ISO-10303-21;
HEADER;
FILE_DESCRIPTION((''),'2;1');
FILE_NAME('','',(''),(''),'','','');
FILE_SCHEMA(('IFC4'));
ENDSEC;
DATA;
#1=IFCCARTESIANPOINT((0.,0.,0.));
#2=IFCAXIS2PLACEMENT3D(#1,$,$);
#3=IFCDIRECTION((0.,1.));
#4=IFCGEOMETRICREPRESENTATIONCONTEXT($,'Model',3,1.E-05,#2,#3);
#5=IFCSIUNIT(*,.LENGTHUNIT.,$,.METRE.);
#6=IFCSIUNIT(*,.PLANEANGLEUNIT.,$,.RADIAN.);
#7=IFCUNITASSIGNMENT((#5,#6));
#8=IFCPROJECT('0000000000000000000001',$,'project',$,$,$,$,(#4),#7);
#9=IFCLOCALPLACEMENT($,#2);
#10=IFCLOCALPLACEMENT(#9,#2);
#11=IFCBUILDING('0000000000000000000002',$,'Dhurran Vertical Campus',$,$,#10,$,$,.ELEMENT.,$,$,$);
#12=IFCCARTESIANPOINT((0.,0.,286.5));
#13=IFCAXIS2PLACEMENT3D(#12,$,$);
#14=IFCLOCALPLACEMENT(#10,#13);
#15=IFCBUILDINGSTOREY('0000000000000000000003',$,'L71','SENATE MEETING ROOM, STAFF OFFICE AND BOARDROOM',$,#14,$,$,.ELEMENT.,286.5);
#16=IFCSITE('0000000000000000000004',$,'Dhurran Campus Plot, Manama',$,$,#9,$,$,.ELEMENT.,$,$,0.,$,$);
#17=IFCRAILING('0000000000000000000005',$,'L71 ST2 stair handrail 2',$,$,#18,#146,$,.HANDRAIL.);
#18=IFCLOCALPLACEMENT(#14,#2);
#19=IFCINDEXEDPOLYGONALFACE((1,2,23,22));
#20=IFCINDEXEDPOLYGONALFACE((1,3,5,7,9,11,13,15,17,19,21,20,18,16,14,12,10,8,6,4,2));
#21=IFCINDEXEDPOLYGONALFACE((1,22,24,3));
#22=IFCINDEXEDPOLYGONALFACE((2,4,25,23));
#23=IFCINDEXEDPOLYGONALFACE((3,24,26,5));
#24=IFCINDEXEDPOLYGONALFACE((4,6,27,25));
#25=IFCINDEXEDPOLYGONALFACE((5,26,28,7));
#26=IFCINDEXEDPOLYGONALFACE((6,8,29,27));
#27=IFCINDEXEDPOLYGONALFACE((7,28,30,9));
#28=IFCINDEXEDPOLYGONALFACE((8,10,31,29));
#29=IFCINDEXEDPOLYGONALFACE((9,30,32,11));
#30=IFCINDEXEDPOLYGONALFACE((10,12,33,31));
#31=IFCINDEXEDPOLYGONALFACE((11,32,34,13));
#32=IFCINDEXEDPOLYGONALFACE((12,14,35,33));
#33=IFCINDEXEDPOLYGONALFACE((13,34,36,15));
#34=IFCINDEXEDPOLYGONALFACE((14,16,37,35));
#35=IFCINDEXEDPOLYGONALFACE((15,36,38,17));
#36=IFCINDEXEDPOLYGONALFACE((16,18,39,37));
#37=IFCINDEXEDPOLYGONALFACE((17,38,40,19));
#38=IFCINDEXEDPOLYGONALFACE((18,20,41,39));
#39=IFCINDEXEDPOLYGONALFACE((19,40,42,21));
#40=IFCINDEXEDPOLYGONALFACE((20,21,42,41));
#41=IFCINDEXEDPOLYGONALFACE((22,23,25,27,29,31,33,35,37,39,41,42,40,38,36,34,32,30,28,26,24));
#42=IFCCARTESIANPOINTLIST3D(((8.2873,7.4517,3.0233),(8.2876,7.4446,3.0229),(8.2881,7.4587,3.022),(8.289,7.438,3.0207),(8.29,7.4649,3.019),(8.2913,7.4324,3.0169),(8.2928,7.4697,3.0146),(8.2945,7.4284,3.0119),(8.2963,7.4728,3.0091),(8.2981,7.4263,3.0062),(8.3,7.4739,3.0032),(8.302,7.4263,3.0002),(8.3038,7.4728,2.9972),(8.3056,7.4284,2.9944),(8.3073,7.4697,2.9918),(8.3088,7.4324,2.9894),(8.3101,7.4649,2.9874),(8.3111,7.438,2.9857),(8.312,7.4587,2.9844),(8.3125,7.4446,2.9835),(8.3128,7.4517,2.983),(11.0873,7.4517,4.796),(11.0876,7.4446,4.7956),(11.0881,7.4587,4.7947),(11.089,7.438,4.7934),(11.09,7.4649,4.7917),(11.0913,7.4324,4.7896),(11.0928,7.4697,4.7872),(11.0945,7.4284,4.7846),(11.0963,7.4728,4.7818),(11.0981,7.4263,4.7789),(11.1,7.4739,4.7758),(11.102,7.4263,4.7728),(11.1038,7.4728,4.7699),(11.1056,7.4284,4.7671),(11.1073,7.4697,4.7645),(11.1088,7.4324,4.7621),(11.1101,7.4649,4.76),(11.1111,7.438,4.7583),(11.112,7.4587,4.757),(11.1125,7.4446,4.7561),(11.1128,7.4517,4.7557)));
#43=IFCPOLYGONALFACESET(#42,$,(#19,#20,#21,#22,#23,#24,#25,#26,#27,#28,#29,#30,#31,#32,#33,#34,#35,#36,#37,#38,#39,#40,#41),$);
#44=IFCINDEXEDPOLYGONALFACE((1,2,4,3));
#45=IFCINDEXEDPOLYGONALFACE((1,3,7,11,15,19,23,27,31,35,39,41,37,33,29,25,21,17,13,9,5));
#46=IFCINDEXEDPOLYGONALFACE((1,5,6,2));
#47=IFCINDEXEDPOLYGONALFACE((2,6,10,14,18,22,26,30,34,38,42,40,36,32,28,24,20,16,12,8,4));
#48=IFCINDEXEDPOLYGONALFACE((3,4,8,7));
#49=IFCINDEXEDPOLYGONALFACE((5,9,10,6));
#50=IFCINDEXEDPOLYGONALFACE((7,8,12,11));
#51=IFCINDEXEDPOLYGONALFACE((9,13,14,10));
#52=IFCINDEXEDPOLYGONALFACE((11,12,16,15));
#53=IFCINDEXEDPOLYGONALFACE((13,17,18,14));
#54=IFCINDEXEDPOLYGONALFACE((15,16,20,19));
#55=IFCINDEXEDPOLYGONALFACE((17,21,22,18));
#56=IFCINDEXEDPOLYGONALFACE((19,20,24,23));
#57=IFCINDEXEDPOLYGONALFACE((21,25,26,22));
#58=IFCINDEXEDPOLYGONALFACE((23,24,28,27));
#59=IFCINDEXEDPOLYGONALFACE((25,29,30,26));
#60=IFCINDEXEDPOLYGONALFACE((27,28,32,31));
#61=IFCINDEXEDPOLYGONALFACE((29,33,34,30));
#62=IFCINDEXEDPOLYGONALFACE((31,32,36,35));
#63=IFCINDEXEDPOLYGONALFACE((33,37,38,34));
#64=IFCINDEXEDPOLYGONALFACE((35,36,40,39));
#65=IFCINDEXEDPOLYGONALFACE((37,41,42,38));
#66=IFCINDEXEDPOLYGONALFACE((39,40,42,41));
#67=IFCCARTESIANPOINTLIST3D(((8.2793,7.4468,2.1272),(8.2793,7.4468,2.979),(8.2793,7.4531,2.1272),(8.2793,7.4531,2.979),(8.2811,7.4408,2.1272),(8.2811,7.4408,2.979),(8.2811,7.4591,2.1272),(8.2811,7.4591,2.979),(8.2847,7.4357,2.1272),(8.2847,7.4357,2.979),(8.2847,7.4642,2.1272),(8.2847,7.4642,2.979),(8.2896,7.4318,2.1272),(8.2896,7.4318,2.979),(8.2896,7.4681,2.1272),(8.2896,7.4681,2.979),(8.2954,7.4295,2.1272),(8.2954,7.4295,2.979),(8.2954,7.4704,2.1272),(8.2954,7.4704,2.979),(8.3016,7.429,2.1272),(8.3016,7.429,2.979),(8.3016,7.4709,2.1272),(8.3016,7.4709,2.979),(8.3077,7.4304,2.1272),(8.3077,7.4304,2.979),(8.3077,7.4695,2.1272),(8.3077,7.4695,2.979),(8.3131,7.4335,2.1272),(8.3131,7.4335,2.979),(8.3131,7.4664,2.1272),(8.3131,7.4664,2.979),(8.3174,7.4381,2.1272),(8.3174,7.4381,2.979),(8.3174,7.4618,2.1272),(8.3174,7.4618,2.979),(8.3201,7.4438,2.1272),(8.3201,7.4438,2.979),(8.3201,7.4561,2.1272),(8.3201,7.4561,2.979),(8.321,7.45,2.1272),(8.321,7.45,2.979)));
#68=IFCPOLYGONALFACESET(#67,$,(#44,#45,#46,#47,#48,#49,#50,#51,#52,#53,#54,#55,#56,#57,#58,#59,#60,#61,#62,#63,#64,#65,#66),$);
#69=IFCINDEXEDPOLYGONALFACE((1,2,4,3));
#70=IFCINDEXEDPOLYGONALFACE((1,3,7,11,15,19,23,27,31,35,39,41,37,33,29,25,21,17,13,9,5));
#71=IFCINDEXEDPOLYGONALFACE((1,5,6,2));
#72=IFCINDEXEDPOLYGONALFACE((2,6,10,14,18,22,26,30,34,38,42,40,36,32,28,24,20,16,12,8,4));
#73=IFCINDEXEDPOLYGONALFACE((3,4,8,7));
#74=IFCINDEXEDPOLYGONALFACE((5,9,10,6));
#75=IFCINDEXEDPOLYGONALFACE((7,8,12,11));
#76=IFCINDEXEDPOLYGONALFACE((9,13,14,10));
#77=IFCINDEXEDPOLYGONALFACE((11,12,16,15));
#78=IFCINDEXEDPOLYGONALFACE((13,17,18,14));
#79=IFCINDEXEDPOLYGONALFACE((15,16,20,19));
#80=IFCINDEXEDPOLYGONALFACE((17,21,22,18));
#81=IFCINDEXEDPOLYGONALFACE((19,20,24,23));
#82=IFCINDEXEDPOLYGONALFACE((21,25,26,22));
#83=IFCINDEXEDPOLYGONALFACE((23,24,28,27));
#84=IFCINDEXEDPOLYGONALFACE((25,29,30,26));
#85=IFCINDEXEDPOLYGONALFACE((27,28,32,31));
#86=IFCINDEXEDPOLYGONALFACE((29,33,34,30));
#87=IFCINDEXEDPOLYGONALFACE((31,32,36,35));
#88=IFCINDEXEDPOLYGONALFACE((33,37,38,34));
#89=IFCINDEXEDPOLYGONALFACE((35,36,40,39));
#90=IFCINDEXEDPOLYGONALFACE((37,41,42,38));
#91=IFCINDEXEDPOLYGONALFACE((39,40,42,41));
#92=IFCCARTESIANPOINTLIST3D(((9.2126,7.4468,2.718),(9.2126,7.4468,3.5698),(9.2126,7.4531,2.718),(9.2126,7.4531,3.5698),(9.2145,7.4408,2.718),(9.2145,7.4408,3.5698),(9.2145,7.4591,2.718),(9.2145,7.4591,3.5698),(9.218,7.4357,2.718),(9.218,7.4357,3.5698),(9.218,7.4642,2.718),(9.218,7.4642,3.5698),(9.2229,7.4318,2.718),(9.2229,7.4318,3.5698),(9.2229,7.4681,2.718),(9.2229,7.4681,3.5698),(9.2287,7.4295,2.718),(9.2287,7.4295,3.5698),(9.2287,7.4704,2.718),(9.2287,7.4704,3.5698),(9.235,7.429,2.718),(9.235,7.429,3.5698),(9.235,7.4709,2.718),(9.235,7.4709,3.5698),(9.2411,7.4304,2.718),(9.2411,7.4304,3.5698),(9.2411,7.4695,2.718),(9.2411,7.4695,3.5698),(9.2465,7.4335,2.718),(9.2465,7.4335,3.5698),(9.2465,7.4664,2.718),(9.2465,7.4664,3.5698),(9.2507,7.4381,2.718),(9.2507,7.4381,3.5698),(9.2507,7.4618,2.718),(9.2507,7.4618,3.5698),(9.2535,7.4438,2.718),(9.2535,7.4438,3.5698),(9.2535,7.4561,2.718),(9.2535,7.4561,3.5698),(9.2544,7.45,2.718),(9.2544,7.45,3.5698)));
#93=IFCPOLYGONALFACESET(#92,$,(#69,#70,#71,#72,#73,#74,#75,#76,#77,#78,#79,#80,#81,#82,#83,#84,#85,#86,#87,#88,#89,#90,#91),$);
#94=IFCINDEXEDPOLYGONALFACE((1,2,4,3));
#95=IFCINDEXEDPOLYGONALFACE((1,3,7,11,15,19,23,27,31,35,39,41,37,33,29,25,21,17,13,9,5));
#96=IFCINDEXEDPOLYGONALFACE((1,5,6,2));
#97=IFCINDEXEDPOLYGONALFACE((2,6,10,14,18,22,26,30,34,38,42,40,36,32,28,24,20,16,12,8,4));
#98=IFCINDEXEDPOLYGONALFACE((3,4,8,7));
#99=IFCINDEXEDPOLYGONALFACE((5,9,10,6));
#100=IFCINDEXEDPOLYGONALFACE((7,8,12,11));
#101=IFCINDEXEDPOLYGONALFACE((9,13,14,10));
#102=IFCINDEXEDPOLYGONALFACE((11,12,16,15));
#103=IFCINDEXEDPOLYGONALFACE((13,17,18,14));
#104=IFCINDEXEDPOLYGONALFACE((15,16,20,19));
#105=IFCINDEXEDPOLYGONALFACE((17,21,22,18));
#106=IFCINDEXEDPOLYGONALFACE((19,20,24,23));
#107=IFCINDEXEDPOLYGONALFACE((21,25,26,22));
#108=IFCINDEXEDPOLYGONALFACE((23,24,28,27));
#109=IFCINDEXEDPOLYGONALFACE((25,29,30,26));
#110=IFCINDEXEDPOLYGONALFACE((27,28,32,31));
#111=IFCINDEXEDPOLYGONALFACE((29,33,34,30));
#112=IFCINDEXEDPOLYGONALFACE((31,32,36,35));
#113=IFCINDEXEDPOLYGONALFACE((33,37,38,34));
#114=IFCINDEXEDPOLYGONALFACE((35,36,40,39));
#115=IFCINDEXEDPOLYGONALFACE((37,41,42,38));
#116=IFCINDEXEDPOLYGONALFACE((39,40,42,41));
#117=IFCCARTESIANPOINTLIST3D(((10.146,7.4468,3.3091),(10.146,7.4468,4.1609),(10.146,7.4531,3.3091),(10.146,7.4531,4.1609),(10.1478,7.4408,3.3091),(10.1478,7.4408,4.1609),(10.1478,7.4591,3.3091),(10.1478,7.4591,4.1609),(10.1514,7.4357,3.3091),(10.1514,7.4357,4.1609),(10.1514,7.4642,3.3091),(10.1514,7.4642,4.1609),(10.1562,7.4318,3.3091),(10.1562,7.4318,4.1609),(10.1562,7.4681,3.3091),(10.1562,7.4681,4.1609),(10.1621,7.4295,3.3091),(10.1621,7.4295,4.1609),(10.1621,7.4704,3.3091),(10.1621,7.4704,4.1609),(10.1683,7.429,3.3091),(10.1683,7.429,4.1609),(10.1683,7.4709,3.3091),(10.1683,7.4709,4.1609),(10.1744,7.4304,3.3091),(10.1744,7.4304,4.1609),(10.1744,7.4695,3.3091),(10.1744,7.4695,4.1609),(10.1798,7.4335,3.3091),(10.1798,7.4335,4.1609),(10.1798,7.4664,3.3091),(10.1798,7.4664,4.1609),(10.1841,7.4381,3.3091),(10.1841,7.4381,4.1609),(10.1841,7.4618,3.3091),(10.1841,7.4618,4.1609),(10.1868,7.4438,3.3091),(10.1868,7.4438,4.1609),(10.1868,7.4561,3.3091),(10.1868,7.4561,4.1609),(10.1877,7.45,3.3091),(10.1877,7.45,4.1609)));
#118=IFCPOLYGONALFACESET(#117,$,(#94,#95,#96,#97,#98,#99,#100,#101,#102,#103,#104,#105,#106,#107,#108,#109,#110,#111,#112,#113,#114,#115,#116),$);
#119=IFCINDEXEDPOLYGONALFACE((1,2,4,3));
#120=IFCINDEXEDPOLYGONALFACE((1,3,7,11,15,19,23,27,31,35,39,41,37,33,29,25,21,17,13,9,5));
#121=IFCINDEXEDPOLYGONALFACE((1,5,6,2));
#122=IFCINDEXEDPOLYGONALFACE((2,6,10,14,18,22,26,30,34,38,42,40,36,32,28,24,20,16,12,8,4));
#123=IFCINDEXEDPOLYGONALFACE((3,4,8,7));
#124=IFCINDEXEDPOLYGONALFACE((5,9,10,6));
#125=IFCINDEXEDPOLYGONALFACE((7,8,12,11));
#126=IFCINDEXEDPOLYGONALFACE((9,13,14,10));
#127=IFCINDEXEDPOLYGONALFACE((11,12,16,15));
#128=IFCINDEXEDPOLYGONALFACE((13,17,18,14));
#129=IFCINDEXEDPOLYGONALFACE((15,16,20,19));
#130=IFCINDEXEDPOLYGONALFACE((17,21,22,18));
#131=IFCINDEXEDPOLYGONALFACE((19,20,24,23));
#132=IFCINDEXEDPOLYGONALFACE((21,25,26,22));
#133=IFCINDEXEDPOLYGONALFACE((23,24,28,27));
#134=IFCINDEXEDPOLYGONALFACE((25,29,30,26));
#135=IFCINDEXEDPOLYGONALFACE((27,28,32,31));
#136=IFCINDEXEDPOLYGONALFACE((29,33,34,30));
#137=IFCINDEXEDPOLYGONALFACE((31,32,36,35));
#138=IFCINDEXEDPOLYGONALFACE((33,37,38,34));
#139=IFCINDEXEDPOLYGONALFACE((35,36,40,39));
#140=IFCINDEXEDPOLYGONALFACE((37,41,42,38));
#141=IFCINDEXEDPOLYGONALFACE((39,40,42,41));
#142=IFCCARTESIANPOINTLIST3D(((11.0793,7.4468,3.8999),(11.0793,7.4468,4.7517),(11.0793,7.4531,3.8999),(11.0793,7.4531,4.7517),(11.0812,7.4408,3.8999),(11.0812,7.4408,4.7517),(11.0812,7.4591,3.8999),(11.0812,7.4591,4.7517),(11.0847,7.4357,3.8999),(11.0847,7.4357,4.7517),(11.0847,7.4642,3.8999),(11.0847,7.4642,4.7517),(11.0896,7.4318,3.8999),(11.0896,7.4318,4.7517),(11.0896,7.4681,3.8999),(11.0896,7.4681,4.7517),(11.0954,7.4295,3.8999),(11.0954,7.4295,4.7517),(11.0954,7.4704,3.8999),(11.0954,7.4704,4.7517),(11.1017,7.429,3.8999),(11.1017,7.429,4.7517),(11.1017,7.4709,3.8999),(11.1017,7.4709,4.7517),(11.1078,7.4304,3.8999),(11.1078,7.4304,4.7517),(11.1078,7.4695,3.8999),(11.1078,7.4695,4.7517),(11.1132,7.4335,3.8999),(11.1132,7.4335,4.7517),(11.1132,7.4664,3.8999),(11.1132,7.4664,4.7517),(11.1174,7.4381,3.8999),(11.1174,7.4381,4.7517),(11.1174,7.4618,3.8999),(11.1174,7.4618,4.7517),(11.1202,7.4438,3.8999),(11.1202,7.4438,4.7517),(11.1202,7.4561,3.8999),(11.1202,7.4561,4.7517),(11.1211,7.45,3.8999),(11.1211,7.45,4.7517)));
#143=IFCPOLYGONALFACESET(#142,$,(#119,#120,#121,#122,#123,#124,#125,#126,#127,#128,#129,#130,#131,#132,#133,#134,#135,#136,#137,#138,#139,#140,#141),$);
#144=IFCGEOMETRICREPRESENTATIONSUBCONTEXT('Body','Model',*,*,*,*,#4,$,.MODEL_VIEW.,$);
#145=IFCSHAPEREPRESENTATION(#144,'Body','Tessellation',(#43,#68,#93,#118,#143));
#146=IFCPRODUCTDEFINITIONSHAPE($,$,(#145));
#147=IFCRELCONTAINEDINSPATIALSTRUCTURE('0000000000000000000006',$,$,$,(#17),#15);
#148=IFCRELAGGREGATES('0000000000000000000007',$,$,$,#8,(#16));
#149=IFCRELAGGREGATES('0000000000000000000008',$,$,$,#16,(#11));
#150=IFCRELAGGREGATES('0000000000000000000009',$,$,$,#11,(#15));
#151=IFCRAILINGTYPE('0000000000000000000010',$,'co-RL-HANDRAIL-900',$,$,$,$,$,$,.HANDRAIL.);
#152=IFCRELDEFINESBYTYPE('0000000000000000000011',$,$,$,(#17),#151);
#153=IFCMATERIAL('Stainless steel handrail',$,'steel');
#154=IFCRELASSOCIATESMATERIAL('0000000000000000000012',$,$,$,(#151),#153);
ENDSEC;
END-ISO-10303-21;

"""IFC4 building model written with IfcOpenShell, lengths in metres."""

from ifc_helpers import new_model, si_unit, direction, frame, origin, origin_2d, place, context, subcontext, project, spatial, circle, extrude, material, type_object, element, save


model = new_model("IFC4")

# Units and contexts
model_context = context("Model", 3, precision=1e-05, world=origin(), true_north=direction((0.0, 1.0)))
body_context = subcontext(model_context, "Body", "Model", "MODEL_VIEW")
ifc_project = project(units=[si_unit("LENGTHUNIT", "METRE"), si_unit("PLANEANGLEUNIT", "RADIAN")], contexts=[model_context])

# Site, building, storey
site_placement = place(None, origin())
site = spatial("IfcSite", under=ifc_project, at=site_placement, Name="Dhurran Campus Plot, Manama", CompositionType="ELEMENT", RefElevation=0.0)
building_placement = place(site_placement, origin())
building = spatial("IfcBuilding", under=site, at=building_placement, Name="Dhurran Vertical Campus", CompositionType="ELEMENT")
storey_placement = place(building_placement, frame((0.0, 0.0, 286.5)))
storey = spatial("IfcBuildingStorey", under=building, at=storey_placement, Name="L71", Description="SENATE MEETING ROOM, STAFF OFFICE AND BOARDROOM", CompositionType="ELEMENT", Elevation=286.5)

# Railing
ifc_material_1 = material(Name="Stainless steel handrail", Category="steel")
railing_type_1 = type_object("IfcRailingType", Name="co-RL-HANDRAIL-900", PredefinedType="HANDRAIL", material=ifc_material_1)
railing_1_placement = place(storey_placement, frame((8.3, 7.45, 2.1272)))
element("IfcRailing", 1, at=railing_1_placement, inside=storey, type_object=railing_type_1, Name="L71 ST2 stair handrail 2", PredefinedType="HANDRAIL", context=body_context, shape_type="SweptSolid", body=[
    extrude(circle(Radius=0.0239, at=origin_2d()), frame((0.0, 0.0, 0.876), z_axis=(0.844909, 0.0, 0.53491), x_axis=(0.0, 1.0, 0.0)), (0.0, 0.0, 1.0), 3.314),
    extrude(circle(Radius=0.021, at=origin_2d()), origin(), (0.0, 0.0, 1.0), 0.8518),
    extrude(circle(Radius=0.021, at=origin_2d()), frame((0.9333, 0.0, 0.5908)), (0.0, 0.0, 1.0), 0.8518),
    extrude(circle(Radius=0.021, at=origin_2d()), frame((1.8667, 0.0, 1.1819)), (0.0, 0.0, 1.0), 0.8518),
    extrude(circle(Radius=0.021, at=origin_2d()), frame((2.8, 0.0, 1.7727)), (0.0, 0.0, 1.0), 0.8518),
])

save(model, "model.ifc")
